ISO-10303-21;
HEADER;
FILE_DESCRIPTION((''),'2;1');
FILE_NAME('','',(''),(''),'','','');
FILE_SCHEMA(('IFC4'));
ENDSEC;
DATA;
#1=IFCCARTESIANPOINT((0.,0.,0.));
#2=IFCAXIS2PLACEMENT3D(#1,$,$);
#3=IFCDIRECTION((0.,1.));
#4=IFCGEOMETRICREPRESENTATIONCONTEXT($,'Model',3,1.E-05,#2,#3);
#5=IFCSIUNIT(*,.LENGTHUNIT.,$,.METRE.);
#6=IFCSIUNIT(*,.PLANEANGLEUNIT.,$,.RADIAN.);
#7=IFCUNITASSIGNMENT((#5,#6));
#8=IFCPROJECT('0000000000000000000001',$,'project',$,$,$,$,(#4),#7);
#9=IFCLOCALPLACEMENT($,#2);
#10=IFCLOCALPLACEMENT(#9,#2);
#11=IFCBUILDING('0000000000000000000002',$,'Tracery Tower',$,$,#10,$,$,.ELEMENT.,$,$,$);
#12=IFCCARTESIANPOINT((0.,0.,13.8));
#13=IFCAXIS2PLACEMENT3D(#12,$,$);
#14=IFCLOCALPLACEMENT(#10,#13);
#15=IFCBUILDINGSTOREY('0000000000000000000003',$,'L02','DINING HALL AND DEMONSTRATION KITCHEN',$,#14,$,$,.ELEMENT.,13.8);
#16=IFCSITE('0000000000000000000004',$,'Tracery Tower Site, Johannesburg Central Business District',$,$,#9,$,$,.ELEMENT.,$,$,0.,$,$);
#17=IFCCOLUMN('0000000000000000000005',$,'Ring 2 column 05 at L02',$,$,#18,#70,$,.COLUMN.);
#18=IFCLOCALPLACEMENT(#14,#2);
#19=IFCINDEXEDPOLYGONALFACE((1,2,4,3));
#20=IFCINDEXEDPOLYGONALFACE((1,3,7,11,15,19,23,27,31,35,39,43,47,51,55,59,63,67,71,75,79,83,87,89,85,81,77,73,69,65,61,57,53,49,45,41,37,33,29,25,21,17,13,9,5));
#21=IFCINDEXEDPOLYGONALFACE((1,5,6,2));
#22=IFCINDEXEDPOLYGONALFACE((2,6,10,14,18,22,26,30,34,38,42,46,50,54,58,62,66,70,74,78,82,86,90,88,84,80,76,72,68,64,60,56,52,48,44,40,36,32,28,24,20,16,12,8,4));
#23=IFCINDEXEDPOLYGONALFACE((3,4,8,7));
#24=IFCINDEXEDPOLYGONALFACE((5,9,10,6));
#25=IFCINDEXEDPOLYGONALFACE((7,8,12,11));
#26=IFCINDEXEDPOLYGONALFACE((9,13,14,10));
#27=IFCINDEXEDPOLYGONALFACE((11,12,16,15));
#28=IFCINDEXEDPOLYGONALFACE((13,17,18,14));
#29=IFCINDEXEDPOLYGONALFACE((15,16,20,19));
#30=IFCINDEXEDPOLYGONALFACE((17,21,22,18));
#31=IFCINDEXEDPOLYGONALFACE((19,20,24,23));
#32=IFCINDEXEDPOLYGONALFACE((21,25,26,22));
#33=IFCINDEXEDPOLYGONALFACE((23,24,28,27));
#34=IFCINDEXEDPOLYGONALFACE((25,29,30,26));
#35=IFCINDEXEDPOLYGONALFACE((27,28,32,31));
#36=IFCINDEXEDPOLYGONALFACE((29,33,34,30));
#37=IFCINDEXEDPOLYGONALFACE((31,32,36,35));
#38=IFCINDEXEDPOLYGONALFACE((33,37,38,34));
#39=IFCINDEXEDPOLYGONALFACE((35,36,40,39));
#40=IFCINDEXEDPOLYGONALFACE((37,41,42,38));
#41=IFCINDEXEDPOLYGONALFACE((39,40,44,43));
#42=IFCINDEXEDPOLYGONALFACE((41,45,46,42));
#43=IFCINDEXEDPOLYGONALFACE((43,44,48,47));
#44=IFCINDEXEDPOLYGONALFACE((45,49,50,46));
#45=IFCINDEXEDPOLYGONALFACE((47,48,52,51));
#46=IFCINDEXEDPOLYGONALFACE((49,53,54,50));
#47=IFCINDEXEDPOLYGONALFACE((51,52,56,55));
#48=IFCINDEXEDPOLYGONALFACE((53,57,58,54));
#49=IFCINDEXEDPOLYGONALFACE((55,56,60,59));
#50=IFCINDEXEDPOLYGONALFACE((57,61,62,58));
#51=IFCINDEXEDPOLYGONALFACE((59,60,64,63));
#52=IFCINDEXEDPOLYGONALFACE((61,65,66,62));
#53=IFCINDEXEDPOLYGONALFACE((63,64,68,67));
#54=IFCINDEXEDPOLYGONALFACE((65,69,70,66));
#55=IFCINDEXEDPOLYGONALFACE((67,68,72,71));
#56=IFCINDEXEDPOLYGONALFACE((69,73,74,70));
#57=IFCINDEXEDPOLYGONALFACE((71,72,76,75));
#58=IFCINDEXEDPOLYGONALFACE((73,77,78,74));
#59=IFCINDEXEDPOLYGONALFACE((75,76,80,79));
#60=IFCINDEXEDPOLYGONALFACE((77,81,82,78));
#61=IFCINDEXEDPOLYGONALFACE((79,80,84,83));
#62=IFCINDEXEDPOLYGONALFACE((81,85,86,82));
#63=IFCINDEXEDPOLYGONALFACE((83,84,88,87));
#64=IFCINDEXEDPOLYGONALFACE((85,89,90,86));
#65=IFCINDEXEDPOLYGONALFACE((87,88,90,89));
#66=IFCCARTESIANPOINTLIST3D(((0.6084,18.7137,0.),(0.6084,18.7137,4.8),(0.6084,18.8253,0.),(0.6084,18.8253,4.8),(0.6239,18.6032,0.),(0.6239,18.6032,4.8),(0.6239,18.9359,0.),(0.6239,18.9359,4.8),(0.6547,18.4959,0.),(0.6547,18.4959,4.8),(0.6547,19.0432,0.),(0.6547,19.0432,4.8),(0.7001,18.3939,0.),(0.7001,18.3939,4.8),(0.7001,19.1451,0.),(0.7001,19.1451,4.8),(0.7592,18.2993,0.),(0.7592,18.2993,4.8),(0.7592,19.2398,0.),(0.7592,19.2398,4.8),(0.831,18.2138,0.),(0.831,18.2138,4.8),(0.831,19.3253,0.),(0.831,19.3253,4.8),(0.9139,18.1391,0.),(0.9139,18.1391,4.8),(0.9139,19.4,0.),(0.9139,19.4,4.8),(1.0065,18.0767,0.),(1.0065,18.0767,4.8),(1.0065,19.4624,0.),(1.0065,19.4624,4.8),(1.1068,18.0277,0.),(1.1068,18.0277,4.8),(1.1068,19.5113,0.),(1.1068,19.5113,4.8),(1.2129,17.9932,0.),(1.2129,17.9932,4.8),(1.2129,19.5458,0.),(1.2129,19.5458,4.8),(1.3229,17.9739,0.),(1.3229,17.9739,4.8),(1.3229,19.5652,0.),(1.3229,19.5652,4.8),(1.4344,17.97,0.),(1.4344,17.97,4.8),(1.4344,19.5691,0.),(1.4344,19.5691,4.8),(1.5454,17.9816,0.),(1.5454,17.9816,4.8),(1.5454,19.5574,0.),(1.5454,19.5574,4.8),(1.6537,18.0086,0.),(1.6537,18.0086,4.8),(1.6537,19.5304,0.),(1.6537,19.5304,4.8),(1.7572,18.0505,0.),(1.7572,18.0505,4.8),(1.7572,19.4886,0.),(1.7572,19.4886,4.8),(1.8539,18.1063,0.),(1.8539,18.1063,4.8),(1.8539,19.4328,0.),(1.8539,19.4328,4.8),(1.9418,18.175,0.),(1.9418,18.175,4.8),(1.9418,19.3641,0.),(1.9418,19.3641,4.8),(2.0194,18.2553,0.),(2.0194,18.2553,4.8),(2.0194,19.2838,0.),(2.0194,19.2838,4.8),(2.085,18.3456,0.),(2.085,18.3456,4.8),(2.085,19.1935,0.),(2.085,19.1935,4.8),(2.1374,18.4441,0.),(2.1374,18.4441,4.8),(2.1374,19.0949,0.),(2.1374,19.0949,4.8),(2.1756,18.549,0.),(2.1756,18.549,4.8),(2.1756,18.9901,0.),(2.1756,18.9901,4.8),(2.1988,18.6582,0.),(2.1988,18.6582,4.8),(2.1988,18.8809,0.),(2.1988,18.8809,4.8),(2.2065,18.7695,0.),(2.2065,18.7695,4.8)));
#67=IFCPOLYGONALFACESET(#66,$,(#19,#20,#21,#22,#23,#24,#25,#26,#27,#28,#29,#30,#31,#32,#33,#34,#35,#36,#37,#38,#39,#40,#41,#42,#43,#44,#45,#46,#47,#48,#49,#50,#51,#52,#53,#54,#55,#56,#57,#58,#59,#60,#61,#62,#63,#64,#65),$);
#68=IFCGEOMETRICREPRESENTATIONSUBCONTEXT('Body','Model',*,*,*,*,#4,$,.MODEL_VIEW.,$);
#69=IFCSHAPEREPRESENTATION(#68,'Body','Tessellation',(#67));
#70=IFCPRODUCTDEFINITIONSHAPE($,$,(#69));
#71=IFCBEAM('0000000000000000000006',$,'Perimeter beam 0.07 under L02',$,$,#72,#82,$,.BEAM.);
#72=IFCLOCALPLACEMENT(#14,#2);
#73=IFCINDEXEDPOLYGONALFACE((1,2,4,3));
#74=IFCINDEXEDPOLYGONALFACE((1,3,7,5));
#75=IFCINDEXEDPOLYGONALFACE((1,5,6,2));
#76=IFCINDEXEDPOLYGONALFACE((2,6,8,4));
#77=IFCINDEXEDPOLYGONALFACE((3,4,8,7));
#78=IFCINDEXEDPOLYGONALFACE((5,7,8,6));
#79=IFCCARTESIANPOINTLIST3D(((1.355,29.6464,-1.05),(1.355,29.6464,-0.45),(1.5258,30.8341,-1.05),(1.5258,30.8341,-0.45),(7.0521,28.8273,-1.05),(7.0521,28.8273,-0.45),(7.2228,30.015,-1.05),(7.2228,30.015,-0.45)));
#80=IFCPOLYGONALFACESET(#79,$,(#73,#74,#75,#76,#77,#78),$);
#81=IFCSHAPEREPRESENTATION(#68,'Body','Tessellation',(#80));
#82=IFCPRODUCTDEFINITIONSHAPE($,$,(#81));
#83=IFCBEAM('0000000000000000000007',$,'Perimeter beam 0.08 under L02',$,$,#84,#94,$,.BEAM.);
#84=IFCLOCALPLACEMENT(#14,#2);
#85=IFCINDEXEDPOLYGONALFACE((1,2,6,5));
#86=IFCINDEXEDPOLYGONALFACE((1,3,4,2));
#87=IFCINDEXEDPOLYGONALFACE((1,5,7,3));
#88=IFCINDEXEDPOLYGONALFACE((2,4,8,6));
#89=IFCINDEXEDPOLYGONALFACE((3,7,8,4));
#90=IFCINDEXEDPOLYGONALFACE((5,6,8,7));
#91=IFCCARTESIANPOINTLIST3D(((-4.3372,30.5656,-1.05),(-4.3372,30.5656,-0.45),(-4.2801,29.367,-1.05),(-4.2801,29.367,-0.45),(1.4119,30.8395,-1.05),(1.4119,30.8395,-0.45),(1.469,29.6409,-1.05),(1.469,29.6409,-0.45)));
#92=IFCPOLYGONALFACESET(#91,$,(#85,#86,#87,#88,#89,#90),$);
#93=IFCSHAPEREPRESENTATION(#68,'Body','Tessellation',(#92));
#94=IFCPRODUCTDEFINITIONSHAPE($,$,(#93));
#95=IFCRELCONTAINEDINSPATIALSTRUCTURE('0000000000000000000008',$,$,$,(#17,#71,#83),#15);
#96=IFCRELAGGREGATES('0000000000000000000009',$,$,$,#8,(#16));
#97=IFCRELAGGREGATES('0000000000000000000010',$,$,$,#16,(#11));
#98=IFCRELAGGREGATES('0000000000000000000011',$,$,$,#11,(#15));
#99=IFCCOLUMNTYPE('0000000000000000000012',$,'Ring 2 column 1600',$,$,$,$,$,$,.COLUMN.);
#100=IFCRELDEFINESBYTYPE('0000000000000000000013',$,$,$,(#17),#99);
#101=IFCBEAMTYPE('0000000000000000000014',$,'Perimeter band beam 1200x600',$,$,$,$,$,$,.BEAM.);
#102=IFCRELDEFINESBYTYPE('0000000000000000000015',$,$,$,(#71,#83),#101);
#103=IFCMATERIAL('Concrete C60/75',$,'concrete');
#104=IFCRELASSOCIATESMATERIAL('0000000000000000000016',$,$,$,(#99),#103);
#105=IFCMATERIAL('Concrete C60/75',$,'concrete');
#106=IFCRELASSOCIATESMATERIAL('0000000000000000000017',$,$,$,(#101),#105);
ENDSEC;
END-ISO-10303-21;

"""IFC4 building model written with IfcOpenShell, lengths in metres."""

from ifc_helpers import new_model, si_unit, direction, frame, origin, origin_2d, place, context, subcontext, project, spatial, rectangle, circle, extrude, material, material_profile, profile_set, type_object, element, save


model = new_model("IFC4")

# Units and contexts
model_context = context("Model", 3, precision=1e-05, world=origin(), true_north=direction((0.0, 1.0)))
body_context = subcontext(model_context, "Body", "Model", "MODEL_VIEW")
ifc_project = project(units=[si_unit("LENGTHUNIT", "METRE"), si_unit("PLANEANGLEUNIT", "RADIAN")], contexts=[model_context])

# Site, building, storey
site_placement = place(None, origin())
site = spatial("IfcSite", under=ifc_project, at=site_placement, Name="Tracery Tower Site, Johannesburg Central Business District", CompositionType="ELEMENT", RefElevation=0.0)
building_placement = place(site_placement, origin())
building = spatial("IfcBuilding", under=site, at=building_placement, Name="Tracery Tower", CompositionType="ELEMENT")
storey_placement = place(building_placement, frame((0.0, 0.0, 13.8)))
storey = spatial("IfcBuildingStorey", under=building, at=storey_placement, Name="L02", Description="DINING HALL AND DEMONSTRATION KITCHEN", CompositionType="ELEMENT", Elevation=13.8)

# Column
ifc_material_1 = material(Name="Concrete C60/75", Category="concrete")
ifc_material_profile_1 = material_profile(ifc_material_1, circle(Radius=0.8, at=origin_2d()), Name="RC D1600")
ifc_profile_set_1 = profile_set([ifc_material_profile_1], Name="Concrete C60/75")
column_type_1 = type_object("IfcColumnType", Name="Ring 2 column 1600", PredefinedType="COLUMN", material=ifc_profile_set_1)
column_1_placement = place(storey_placement, frame((1.4065, 18.7695, 0.0), z_axis=(0.0, 0.0, 1.0), x_axis=(1.0, 0.0, 0.0)))
element("IfcColumn", 1, at=column_1_placement, inside=storey, type_object=column_type_1, Name="Ring 2 column 05 at L02", PredefinedType="COLUMN", context=body_context, shape_type="SweptSolid", body=[
    extrude(circle(Radius=0.8, at=origin_2d()), origin(), (0.0, 0.0, 1.0), 4.8),
])

# Beams
ifc_material_2 = material(Name="Concrete C60/75", Category="concrete")
ifc_material_profile_2 = material_profile(ifc_material_2, rectangle(XDim=1.2, YDim=0.6001, at=origin_2d()), Name="RC 1200x600")
ifc_profile_set_2 = profile_set([ifc_material_profile_2], Name="Concrete C60/75")
beam_type = type_object("IfcBeamType", Name="Perimeter band beam 1200x600", PredefinedType="BEAM", material=ifc_profile_set_2)
for number, where, z_axis, x_axis, name in (
    (2, (7.1375, 29.4211, -0.75), (-0.989822, 0.142312, 0.0), (-0.142312, -0.989822, 0.0), "Perimeter beam 0.07 under L02"),
    (3, (1.4404, 30.2402, -0.75), (-0.998867, -0.047593, 0.0), (0.047593, -0.998867, 0.0), "Perimeter beam 0.08 under L02"),
):
    element("IfcBeam", number, at=place(storey_placement, frame(where, z_axis=z_axis, x_axis=x_axis)), inside=storey, type_object=beam_type, Name=name, PredefinedType="BEAM", context=body_context, shape_type="SweptSolid", body=[
        extrude(rectangle(XDim=1.2, YDim=0.6001, at=origin_2d()), origin(), (0.0, 0.0, 1.0), 5.7556),
    ])

save(model, "model.ifc")
